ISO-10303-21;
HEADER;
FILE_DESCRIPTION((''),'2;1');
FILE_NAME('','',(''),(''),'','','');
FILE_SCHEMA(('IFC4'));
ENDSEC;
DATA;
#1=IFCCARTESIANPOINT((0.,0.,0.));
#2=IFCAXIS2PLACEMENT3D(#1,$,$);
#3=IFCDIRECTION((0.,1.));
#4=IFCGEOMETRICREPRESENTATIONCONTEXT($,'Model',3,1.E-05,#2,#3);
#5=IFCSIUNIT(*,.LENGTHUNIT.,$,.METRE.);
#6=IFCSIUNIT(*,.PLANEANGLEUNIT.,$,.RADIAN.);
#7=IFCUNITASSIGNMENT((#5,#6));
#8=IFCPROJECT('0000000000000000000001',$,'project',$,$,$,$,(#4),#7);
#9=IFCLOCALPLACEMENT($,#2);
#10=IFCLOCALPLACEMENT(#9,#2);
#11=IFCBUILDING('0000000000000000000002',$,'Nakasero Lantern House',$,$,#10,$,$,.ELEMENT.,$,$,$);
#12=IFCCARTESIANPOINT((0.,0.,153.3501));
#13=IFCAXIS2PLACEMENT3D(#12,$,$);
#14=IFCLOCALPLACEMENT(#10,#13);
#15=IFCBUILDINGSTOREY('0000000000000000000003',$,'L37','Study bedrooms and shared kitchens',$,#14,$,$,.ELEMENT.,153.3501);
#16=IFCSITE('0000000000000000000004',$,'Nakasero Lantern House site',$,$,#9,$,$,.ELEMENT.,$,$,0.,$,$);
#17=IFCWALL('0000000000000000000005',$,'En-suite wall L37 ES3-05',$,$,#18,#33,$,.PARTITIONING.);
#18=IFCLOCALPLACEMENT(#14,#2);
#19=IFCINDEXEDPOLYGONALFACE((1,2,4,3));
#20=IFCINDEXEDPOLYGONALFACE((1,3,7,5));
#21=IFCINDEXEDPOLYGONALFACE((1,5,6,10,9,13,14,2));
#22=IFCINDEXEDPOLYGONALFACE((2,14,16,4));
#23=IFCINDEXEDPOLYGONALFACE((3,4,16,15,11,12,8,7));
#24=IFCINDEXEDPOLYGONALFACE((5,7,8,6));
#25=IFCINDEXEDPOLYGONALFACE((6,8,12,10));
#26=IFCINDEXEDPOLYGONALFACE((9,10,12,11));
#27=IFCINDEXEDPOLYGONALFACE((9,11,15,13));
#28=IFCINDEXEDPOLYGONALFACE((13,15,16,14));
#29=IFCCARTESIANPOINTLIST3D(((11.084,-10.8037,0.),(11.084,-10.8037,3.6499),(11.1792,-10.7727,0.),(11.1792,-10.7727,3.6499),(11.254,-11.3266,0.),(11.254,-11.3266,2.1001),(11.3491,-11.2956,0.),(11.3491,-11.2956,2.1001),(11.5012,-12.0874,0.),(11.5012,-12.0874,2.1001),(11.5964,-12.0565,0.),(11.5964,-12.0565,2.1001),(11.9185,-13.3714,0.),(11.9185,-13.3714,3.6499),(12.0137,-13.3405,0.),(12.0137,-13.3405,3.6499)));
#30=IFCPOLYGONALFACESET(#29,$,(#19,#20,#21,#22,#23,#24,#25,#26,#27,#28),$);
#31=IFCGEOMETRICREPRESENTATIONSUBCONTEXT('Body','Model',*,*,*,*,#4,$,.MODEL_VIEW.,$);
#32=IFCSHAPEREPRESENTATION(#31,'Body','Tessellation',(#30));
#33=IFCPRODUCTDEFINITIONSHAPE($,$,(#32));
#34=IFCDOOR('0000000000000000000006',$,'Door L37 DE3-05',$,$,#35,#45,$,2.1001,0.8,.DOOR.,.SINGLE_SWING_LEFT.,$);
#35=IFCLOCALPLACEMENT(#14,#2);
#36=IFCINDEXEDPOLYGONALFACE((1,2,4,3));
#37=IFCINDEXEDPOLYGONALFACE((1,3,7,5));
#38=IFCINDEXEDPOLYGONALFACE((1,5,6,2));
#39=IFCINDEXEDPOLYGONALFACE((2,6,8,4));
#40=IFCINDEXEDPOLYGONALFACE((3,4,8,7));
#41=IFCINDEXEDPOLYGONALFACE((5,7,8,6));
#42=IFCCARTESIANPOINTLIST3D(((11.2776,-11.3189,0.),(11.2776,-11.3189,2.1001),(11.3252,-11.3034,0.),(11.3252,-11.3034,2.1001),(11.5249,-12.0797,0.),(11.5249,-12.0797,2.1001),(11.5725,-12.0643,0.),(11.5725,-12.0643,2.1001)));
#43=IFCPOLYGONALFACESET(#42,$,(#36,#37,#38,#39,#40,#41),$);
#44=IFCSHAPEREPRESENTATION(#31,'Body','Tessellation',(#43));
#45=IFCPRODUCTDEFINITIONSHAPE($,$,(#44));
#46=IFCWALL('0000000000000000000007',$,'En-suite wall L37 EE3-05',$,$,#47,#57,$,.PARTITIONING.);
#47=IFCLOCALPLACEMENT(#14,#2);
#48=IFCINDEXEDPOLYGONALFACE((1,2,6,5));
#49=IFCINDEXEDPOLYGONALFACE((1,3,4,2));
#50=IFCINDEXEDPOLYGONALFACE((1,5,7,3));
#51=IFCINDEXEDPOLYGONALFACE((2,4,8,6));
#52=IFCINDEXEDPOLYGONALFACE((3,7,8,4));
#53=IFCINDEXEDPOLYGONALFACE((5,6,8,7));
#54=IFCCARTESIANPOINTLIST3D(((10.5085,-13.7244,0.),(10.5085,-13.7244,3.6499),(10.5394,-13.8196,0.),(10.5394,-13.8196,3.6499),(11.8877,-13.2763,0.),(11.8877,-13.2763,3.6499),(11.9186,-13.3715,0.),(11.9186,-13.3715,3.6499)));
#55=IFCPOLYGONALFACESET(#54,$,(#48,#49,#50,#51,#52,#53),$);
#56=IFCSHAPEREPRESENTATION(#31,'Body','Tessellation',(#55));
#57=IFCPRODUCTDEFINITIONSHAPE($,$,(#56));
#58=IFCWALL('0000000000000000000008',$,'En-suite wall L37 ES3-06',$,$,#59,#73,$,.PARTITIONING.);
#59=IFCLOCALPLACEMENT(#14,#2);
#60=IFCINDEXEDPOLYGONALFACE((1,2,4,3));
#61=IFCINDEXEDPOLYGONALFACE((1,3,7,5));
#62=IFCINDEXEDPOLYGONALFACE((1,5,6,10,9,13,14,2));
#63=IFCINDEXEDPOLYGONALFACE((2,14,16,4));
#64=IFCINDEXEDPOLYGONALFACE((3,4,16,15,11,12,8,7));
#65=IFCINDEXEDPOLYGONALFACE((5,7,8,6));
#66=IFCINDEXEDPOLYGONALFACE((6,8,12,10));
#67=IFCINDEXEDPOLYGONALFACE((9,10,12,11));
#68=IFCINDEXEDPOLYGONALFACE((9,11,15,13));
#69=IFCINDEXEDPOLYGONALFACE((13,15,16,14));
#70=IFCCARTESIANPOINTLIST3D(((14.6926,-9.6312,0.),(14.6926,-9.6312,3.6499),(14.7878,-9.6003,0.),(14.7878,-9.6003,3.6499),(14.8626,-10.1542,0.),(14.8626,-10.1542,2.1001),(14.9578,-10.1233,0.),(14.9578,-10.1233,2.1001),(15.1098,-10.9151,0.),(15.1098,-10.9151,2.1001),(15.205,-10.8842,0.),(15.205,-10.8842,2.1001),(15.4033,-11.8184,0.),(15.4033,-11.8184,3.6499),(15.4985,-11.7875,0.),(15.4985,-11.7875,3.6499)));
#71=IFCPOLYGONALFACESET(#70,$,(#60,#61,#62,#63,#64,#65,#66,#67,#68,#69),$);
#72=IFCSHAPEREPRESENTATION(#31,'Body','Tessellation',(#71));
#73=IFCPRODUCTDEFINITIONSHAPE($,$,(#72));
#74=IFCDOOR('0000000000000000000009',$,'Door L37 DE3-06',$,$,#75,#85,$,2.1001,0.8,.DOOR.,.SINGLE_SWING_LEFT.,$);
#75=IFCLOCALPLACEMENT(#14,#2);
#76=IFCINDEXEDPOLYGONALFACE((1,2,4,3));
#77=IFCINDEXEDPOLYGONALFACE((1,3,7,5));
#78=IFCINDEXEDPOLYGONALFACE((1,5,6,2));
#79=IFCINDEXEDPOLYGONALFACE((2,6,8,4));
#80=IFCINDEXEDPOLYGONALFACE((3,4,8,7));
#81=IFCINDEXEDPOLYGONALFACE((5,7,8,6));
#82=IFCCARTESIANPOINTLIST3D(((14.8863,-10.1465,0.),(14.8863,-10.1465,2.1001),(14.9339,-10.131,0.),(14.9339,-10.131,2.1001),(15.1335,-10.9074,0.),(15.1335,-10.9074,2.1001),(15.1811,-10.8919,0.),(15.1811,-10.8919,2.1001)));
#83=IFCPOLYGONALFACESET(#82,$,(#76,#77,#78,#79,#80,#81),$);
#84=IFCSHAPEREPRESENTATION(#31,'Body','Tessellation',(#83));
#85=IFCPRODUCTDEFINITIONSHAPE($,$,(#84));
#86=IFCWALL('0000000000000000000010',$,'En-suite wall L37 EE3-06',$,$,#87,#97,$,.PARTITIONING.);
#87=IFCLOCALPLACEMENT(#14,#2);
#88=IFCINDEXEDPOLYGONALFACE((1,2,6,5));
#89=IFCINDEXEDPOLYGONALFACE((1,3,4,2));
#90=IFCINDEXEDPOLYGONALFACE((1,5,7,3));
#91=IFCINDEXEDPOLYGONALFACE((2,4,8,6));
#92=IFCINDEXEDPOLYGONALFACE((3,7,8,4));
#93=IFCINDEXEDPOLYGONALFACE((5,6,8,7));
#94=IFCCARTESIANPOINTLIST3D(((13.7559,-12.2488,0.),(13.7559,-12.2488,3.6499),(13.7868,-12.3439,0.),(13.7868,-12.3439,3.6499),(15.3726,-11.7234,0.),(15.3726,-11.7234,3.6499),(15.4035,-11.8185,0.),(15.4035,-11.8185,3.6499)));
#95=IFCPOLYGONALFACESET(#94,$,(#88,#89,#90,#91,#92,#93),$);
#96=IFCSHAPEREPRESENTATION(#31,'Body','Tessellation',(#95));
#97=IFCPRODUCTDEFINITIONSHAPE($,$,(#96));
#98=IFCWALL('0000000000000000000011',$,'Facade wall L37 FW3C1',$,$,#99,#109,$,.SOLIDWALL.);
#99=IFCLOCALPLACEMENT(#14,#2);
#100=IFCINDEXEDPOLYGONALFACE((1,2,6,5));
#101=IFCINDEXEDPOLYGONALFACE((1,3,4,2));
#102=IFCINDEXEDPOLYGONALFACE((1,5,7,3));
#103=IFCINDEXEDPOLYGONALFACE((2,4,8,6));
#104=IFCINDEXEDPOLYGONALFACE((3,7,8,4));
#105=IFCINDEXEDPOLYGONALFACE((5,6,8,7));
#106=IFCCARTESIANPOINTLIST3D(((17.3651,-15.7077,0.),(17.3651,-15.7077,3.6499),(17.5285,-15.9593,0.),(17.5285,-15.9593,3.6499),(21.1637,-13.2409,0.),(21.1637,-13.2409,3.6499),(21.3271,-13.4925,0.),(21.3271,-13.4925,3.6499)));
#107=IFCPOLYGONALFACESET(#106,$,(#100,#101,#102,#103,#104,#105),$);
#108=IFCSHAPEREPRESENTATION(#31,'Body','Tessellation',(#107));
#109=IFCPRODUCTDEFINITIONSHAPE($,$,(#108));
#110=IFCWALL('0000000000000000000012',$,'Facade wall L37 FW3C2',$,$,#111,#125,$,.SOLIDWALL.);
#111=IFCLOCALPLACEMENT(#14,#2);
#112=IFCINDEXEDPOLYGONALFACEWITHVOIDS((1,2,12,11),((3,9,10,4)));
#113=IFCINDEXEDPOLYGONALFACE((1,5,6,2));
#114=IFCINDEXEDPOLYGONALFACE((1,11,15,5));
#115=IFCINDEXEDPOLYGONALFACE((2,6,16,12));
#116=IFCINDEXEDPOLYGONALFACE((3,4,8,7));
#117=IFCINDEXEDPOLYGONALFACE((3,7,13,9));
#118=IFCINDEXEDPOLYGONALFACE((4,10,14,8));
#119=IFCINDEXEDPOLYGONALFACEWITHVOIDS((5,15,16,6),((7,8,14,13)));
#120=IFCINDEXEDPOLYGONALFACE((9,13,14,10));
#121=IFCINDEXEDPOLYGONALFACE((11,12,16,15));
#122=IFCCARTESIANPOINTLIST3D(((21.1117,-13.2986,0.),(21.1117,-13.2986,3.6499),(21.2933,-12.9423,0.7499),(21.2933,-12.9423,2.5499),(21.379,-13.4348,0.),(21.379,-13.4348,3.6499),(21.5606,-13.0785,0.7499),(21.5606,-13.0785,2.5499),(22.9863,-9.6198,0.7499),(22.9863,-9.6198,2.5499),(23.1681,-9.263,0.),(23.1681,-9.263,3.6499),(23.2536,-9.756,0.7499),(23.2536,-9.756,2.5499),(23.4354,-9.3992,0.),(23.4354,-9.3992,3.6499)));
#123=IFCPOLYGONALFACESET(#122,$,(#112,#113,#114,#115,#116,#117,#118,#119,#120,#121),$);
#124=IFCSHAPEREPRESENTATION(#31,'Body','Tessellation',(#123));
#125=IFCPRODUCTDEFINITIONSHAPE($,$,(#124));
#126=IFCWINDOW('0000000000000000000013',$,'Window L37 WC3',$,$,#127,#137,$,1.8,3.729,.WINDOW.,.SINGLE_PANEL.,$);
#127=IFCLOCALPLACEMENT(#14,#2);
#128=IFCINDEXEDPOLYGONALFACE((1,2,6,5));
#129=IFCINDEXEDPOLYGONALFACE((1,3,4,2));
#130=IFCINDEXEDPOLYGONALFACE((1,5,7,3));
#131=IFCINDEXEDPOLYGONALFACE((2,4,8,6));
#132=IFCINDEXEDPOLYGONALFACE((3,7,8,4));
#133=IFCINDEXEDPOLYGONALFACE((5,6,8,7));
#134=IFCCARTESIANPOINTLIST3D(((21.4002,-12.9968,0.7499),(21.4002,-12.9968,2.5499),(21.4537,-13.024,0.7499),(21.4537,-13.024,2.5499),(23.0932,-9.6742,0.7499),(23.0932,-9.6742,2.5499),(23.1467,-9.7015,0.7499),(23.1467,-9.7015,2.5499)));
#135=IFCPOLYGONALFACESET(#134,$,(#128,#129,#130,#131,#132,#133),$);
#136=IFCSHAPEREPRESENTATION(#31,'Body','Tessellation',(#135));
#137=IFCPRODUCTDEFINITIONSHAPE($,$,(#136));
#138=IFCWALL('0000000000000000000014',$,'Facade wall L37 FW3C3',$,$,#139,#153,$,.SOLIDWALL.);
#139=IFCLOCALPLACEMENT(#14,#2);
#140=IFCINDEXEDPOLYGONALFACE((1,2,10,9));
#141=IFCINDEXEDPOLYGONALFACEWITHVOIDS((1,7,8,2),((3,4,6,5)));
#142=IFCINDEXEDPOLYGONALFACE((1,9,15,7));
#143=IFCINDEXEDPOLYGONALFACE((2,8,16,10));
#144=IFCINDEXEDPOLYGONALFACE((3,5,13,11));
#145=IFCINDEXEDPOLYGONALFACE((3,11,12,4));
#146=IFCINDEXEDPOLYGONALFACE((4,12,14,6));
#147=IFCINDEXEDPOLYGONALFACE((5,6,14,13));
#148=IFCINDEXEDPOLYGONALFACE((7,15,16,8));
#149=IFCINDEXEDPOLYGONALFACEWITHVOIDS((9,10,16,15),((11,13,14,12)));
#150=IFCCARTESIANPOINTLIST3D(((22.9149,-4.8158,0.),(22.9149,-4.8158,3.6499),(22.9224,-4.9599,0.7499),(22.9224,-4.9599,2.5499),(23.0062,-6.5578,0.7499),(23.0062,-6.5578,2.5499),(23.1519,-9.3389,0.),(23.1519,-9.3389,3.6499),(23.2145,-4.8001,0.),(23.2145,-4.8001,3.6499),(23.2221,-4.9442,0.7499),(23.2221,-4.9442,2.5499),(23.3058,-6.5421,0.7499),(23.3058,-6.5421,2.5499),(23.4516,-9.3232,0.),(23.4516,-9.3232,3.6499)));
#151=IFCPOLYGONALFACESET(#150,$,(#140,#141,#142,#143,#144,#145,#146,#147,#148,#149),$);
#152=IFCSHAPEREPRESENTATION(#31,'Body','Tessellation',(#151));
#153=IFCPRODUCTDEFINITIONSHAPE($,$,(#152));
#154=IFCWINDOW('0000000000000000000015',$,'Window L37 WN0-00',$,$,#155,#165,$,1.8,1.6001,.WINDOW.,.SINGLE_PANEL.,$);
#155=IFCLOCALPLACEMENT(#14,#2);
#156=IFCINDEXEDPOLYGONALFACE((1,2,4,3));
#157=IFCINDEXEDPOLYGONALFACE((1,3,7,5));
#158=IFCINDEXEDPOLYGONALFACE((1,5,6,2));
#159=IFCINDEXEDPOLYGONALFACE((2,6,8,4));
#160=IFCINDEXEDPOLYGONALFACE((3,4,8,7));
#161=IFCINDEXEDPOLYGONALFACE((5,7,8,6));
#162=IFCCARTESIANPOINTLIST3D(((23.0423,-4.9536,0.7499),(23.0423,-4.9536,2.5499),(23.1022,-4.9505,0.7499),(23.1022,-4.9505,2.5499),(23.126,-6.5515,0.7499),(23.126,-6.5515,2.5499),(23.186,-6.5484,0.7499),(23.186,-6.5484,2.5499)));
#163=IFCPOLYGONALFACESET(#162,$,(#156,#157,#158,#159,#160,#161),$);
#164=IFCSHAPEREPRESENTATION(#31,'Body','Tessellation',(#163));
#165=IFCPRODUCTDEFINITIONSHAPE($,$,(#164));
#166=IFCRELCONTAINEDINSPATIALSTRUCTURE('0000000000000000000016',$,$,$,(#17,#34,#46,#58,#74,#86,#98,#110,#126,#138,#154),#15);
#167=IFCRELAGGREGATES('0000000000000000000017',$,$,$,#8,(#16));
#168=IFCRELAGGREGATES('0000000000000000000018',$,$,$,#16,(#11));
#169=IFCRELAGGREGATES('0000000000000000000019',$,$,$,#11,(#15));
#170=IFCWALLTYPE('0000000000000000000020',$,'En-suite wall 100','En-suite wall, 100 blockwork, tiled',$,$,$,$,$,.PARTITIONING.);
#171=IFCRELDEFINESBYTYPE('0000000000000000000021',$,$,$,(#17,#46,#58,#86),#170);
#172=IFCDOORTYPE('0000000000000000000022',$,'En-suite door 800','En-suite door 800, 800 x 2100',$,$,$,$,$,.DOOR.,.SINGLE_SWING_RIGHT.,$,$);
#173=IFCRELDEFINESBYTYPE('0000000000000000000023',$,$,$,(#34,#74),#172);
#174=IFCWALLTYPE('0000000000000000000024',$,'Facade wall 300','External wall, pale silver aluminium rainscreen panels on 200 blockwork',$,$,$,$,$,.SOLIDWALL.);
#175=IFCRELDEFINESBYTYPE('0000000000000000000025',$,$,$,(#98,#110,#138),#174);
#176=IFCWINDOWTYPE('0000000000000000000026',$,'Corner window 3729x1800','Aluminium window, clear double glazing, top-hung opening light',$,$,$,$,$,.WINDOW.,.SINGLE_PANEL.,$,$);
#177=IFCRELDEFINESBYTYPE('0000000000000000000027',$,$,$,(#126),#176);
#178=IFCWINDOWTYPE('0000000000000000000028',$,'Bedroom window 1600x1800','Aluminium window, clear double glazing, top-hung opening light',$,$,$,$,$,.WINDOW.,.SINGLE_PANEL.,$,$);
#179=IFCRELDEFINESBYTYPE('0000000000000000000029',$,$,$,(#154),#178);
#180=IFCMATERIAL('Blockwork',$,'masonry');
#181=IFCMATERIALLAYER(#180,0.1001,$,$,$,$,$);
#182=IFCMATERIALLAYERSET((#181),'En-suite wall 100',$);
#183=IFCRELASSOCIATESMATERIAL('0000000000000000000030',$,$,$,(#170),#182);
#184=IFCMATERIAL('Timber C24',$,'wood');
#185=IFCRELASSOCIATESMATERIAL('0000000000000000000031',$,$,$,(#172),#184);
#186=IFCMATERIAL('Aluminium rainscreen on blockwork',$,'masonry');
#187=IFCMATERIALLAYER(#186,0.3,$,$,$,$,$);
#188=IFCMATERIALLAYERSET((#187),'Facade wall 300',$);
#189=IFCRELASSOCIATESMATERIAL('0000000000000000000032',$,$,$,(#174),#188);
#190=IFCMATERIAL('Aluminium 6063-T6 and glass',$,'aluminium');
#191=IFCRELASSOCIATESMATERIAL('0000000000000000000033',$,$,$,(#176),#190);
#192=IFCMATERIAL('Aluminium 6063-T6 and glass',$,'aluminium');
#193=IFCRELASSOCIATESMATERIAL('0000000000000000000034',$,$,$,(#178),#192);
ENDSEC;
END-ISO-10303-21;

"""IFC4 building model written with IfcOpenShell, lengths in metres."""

from ifc_helpers import new_model, si_unit, direction, frame, frame_2d, origin, place, context, subcontext, project, spatial, rectangle, extrude, material, layer, layer_set, type_object, element, fill, save


model = new_model("IFC4")

# Units and contexts
model_context = context("Model", 3, precision=1e-05, world=origin(), true_north=direction((0.0, 1.0)))
body_context = subcontext(model_context, "Body", "Model", "MODEL_VIEW")
ifc_project = project(units=[si_unit("LENGTHUNIT", "METRE"), si_unit("PLANEANGLEUNIT", "RADIAN")], contexts=[model_context])

# Site, building, storey
site_placement = place(None, origin())
site = spatial("IfcSite", under=ifc_project, at=site_placement, Name="Nakasero Lantern House site", CompositionType="ELEMENT", RefElevation=0.0)
building_placement = place(site_placement, origin())
building = spatial("IfcBuilding", under=site, at=building_placement, Name="Nakasero Lantern House", CompositionType="ELEMENT")
storey_placement = place(building_placement, frame((0.0, 0.0, 153.3501)))
storey = spatial("IfcBuildingStorey", under=building, at=storey_placement, Name="L37", Description="Study bedrooms and shared kitchens", CompositionType="ELEMENT", Elevation=153.3501)

# Wall, opening, door
ifc_material_1 = material(Name="Blockwork", Category="masonry")
ifc_layer_1 = layer(ifc_material_1, 0.1001)
ifc_layer_set_1 = layer_set([ifc_layer_1], Name="En-suite wall 100")
wall_type_1 = type_object("IfcWallType", Name="En-suite wall 100", Description="En-suite wall, 100 blockwork, tiled", PredefinedType="PARTITIONING", material=ifc_layer_set_1)
wall_1_placement = place(storey_placement, frame((11.1316, -10.7881, 0.0), z_axis=(0.0, 0.0, 1.0), x_axis=(0.309057, -0.951043, 0.0)))
wall_1 = element("IfcWall", 1, at=wall_1_placement, inside=storey, type_object=wall_type_1, Name="En-suite wall L37 ES3-05", PredefinedType="PARTITIONING", context=body_context, shape_type="SweptSolid", body=[
    extrude(rectangle(XDim=2.7, YDim=0.1001, at=frame_2d((1.3501, 0.0))), origin(), (0.0, 0.0, 1.0), 3.6499),
])
opening_1_placement = place(wall_1_placement, frame((0.55, 0.0, 0.0)))
opening_1 = element("IfcOpeningElement", 2, at=opening_1_placement, cuts=wall_1, PredefinedType="OPENING", context=body_context, shape_type="SweptSolid", body=[
    extrude(rectangle(XDim=0.8, YDim=2.1001, at=frame_2d((0.3999, 1.05))), frame((0.0, 0.0701, 0.0), z_axis=(0.0, -1.0, 0.0), x_axis=(1.0, 0.0, 0.0)), (0.0, 0.0, 1.0), 0.1401),
])
ifc_material_2 = material(Name="Timber C24", Category="wood")
door_type = type_object("IfcDoorType", Name="En-suite door 800", Description="En-suite door 800, 800 x 2100", OperationType="SINGLE_SWING_RIGHT", PredefinedType="DOOR", material=ifc_material_2)
door_1_placement = place(opening_1_placement, origin())
door_1 = element("IfcDoor", 3, at=door_1_placement, inside=storey, type_object=door_type, Name="Door L37 DE3-05", OperationType="SINGLE_SWING_LEFT", OverallHeight=2.1001, OverallWidth=0.8, PredefinedType="DOOR", context=body_context, shape_type="SweptSolid", body=[
    extrude(rectangle(XDim=0.8, YDim=2.1001, at=frame_2d((0.3999, 1.05))), frame((0.0, 0.0249, 0.0), z_axis=(0.0, -1.0, 0.0), x_axis=(1.0, 0.0, 0.0)), (0.0, 0.0, 1.0), 0.05),
])
fill(opening_1, door_1)

# Wall
wall_2_placement = place(storey_placement, frame((10.5239, -13.772, 0.0), z_axis=(0.0, 0.0, 1.0), x_axis=(0.95108, 0.308945, 0.0)))
element("IfcWall", 4, at=wall_2_placement, inside=storey, type_object=wall_type_1, Name="En-suite wall L37 EE3-05", PredefinedType="PARTITIONING", context=body_context, shape_type="SweptSolid", body=[
    extrude(rectangle(XDim=1.4502, YDim=0.1001, at=frame_2d((0.7251, 0.0))), origin(), (0.0, 0.0, 1.0), 3.6499),
])

# Wall, opening, door
wall_3_placement = place(storey_placement, frame((14.7402, -9.6157, 0.0), z_axis=(0.0, 0.0, 1.0), x_axis=(0.309021, -0.951055, 0.0)))
wall_3 = element("IfcWall", 5, at=wall_3_placement, inside=storey, type_object=wall_type_1, Name="En-suite wall L37 ES3-06", PredefinedType="PARTITIONING", context=body_context, shape_type="SweptSolid", body=[
    extrude(rectangle(XDim=2.2998, YDim=0.1001, at=frame_2d((1.1499, 0.0))), origin(), (0.0, 0.0, 1.0), 3.6499),
])
opening_2_placement = place(wall_3_placement, frame((0.55, 0.0, 0.0)))
opening_2 = element("IfcOpeningElement", 6, at=opening_2_placement, cuts=wall_3, PredefinedType="OPENING", context=body_context, shape_type="SweptSolid", body=[
    extrude(rectangle(XDim=0.8, YDim=2.1001, at=frame_2d((0.3999, 1.05))), frame((0.0, 0.0701, 0.0), z_axis=(0.0, -1.0, 0.0), x_axis=(1.0, 0.0, 0.0)), (0.0, 0.0, 1.0), 0.1401),
])
door_2_placement = place(opening_2_placement, origin())
door_2 = element("IfcDoor", 7, at=door_2_placement, inside=storey, type_object=door_type, Name="Door L37 DE3-06", OperationType="SINGLE_SWING_LEFT", OverallHeight=2.1001, OverallWidth=0.8, PredefinedType="DOOR", context=body_context, shape_type="SweptSolid", body=[
    extrude(rectangle(XDim=0.8, YDim=2.1001, at=frame_2d((0.3999, 1.05))), frame((0.0, 0.0249, 0.0), z_axis=(0.0, -1.0, 0.0), x_axis=(1.0, 0.0, 0.0)), (0.0, 0.0, 1.0), 0.05),
])
fill(opening_2, door_2)

# Walls
wall_4_placement = place(storey_placement, frame((13.7712, -12.2964, 0.0), z_axis=(0.0, 0.0, 1.0), x_axis=(0.95104, 0.309067, 0.0)))
element("IfcWall", 8, at=wall_4_placement, inside=storey, type_object=wall_type_1, Name="En-suite wall L37 EE3-06", PredefinedType="PARTITIONING", context=body_context, shape_type="SweptSolid", body=[
    extrude(rectangle(XDim=1.7, YDim=0.1001, at=frame_2d((0.8501, 0.0))), origin(), (0.0, 0.0, 1.0), 3.6499),
])
ifc_material_3 = material(Name="Aluminium rainscreen on blockwork", Category="masonry")
ifc_layer_2 = layer(ifc_material_3, 0.3)
ifc_layer_set_2 = layer_set([ifc_layer_2], Name="Facade wall 300")
wall_type_2 = type_object("IfcWallType", Name="Facade wall 300", Description="External wall, pale silver aluminium rainscreen panels on 200 blockwork", PredefinedType="SOLIDWALL", material=ifc_layer_set_2)
wall_5_placement = place(storey_placement, frame((17.4468, -15.8335, 0.0), z_axis=(0.0, 0.0, 1.0), x_axis=(0.838674, 0.544634, 0.0)))
element("IfcWall", 9, at=wall_5_placement, inside=storey, type_object=wall_type_2, Name="Facade wall L37 FW3C1", PredefinedType="SOLIDWALL", context=body_context, shape_type="SweptSolid", body=[
    extrude(rectangle(XDim=4.5293, YDim=0.3, at=frame_2d((2.2646, 0.0))), origin(), (0.0, 0.0, 1.0), 3.6499),
])

# Walls, openings, windows
wall_6_placement = place(storey_placement, frame((21.2454, -13.3667, 0.0), z_axis=(0.0, 0.0, 1.0), x_axis=(0.454014, 0.890995, 0.0)))
wall_6 = element("IfcWall", 10, at=wall_6_placement, inside=storey, type_object=wall_type_2, Name="Facade wall L37 FW3C2", PredefinedType="SOLIDWALL", context=body_context, shape_type="SweptSolid", body=[
    extrude(rectangle(XDim=4.5293, YDim=0.3, at=frame_2d((2.2646, 0.0))), origin(), (0.0, 0.0, 1.0), 3.6499),
])
opening_3_placement = place(wall_6_placement, frame((0.3999, 0.0, 0.75)))
opening_3 = element("IfcOpeningElement", 11, at=opening_3_placement, cuts=wall_6, PredefinedType="OPENING", context=body_context, shape_type="SweptSolid", body=[
    extrude(rectangle(XDim=3.729, YDim=1.8, at=frame_2d((1.8645, 0.8999))), frame((0.0, 0.1699, 0.0), z_axis=(0.0, -1.0, 0.0), x_axis=(1.0, 0.0, 0.0)), (0.0, 0.0, 1.0), 0.3401),
])
ifc_material_4 = material(Name="Aluminium 6063-T6 and glass", Category="aluminium")
window_type_1 = type_object("IfcWindowType", Name="Corner window 3729x1800", Description="Aluminium window, clear double glazing, top-hung opening light", PartitioningType="SINGLE_PANEL", PredefinedType="WINDOW", material=ifc_material_4)
window_1_placement = place(opening_3_placement, origin())
window_1 = element("IfcWindow", 12, at=window_1_placement, inside=storey, type_object=window_type_1, Name="Window L37 WC3", OverallHeight=1.8, OverallWidth=3.729, PartitioningType="SINGLE_PANEL", PredefinedType="WINDOW", context=body_context, shape_type="SweptSolid", body=[
    extrude(rectangle(XDim=3.729, YDim=1.8, at=frame_2d((1.8645, 0.8999))), frame((0.0, 0.03, 0.0), z_axis=(0.0, -1.0, 0.0), x_axis=(1.0, 0.0, 0.0)), (0.0, 0.0, 1.0), 0.0601),
])
fill(opening_3, window_1)
wall_7_placement = place(storey_placement, frame((23.3018, -9.3311, 0.0), z_axis=(0.0, 0.0, 1.0), x_axis=(-0.052338, 0.998629, 0.0)))
wall_7 = element("IfcWall", 13, at=wall_7_placement, inside=storey, type_object=wall_type_2, Name="Facade wall L37 FW3C3", PredefinedType="SOLIDWALL", context=body_context, shape_type="SweptSolid", body=[
    extrude(rectangle(XDim=4.5293, YDim=0.3, at=frame_2d((2.2646, 0.0))), origin(), (0.0, 0.0, 1.0), 3.6499),
])
opening_4_placement = place(wall_7_placement, frame((2.7849, 0.0, 0.75)))
opening_4 = element("IfcOpeningElement", 14, at=opening_4_placement, cuts=wall_7, PredefinedType="OPENING", context=body_context, shape_type="SweptSolid", body=[
    extrude(rectangle(XDim=1.6001, YDim=1.8, at=frame_2d((0.8, 0.8999))), frame((0.0, 0.1699, 0.0), z_axis=(0.0, -1.0, 0.0), x_axis=(1.0, 0.0, 0.0)), (0.0, 0.0, 1.0), 0.3401),
])
ifc_material_5 = material(Name="Aluminium 6063-T6 and glass", Category="aluminium")
window_type_2 = type_object("IfcWindowType", Name="Bedroom window 1600x1800", Description="Aluminium window, clear double glazing, top-hung opening light", PartitioningType="SINGLE_PANEL", PredefinedType="WINDOW", material=ifc_material_5)
window_2_placement = place(opening_4_placement, origin())
window_2 = element("IfcWindow", 15, at=window_2_placement, inside=storey, type_object=window_type_2, Name="Window L37 WN0-00", OverallHeight=1.8, OverallWidth=1.6001, PartitioningType="SINGLE_PANEL", PredefinedType="WINDOW", context=body_context, shape_type="SweptSolid", body=[
    extrude(rectangle(XDim=1.6001, YDim=1.8, at=frame_2d((0.8, 0.8999))), frame((0.0, 0.03, 0.0), z_axis=(0.0, -1.0, 0.0), x_axis=(1.0, 0.0, 0.0)), (0.0, 0.0, 1.0), 0.0601),
])
fill(opening_4, window_2)

save(model, "model.ifc")
